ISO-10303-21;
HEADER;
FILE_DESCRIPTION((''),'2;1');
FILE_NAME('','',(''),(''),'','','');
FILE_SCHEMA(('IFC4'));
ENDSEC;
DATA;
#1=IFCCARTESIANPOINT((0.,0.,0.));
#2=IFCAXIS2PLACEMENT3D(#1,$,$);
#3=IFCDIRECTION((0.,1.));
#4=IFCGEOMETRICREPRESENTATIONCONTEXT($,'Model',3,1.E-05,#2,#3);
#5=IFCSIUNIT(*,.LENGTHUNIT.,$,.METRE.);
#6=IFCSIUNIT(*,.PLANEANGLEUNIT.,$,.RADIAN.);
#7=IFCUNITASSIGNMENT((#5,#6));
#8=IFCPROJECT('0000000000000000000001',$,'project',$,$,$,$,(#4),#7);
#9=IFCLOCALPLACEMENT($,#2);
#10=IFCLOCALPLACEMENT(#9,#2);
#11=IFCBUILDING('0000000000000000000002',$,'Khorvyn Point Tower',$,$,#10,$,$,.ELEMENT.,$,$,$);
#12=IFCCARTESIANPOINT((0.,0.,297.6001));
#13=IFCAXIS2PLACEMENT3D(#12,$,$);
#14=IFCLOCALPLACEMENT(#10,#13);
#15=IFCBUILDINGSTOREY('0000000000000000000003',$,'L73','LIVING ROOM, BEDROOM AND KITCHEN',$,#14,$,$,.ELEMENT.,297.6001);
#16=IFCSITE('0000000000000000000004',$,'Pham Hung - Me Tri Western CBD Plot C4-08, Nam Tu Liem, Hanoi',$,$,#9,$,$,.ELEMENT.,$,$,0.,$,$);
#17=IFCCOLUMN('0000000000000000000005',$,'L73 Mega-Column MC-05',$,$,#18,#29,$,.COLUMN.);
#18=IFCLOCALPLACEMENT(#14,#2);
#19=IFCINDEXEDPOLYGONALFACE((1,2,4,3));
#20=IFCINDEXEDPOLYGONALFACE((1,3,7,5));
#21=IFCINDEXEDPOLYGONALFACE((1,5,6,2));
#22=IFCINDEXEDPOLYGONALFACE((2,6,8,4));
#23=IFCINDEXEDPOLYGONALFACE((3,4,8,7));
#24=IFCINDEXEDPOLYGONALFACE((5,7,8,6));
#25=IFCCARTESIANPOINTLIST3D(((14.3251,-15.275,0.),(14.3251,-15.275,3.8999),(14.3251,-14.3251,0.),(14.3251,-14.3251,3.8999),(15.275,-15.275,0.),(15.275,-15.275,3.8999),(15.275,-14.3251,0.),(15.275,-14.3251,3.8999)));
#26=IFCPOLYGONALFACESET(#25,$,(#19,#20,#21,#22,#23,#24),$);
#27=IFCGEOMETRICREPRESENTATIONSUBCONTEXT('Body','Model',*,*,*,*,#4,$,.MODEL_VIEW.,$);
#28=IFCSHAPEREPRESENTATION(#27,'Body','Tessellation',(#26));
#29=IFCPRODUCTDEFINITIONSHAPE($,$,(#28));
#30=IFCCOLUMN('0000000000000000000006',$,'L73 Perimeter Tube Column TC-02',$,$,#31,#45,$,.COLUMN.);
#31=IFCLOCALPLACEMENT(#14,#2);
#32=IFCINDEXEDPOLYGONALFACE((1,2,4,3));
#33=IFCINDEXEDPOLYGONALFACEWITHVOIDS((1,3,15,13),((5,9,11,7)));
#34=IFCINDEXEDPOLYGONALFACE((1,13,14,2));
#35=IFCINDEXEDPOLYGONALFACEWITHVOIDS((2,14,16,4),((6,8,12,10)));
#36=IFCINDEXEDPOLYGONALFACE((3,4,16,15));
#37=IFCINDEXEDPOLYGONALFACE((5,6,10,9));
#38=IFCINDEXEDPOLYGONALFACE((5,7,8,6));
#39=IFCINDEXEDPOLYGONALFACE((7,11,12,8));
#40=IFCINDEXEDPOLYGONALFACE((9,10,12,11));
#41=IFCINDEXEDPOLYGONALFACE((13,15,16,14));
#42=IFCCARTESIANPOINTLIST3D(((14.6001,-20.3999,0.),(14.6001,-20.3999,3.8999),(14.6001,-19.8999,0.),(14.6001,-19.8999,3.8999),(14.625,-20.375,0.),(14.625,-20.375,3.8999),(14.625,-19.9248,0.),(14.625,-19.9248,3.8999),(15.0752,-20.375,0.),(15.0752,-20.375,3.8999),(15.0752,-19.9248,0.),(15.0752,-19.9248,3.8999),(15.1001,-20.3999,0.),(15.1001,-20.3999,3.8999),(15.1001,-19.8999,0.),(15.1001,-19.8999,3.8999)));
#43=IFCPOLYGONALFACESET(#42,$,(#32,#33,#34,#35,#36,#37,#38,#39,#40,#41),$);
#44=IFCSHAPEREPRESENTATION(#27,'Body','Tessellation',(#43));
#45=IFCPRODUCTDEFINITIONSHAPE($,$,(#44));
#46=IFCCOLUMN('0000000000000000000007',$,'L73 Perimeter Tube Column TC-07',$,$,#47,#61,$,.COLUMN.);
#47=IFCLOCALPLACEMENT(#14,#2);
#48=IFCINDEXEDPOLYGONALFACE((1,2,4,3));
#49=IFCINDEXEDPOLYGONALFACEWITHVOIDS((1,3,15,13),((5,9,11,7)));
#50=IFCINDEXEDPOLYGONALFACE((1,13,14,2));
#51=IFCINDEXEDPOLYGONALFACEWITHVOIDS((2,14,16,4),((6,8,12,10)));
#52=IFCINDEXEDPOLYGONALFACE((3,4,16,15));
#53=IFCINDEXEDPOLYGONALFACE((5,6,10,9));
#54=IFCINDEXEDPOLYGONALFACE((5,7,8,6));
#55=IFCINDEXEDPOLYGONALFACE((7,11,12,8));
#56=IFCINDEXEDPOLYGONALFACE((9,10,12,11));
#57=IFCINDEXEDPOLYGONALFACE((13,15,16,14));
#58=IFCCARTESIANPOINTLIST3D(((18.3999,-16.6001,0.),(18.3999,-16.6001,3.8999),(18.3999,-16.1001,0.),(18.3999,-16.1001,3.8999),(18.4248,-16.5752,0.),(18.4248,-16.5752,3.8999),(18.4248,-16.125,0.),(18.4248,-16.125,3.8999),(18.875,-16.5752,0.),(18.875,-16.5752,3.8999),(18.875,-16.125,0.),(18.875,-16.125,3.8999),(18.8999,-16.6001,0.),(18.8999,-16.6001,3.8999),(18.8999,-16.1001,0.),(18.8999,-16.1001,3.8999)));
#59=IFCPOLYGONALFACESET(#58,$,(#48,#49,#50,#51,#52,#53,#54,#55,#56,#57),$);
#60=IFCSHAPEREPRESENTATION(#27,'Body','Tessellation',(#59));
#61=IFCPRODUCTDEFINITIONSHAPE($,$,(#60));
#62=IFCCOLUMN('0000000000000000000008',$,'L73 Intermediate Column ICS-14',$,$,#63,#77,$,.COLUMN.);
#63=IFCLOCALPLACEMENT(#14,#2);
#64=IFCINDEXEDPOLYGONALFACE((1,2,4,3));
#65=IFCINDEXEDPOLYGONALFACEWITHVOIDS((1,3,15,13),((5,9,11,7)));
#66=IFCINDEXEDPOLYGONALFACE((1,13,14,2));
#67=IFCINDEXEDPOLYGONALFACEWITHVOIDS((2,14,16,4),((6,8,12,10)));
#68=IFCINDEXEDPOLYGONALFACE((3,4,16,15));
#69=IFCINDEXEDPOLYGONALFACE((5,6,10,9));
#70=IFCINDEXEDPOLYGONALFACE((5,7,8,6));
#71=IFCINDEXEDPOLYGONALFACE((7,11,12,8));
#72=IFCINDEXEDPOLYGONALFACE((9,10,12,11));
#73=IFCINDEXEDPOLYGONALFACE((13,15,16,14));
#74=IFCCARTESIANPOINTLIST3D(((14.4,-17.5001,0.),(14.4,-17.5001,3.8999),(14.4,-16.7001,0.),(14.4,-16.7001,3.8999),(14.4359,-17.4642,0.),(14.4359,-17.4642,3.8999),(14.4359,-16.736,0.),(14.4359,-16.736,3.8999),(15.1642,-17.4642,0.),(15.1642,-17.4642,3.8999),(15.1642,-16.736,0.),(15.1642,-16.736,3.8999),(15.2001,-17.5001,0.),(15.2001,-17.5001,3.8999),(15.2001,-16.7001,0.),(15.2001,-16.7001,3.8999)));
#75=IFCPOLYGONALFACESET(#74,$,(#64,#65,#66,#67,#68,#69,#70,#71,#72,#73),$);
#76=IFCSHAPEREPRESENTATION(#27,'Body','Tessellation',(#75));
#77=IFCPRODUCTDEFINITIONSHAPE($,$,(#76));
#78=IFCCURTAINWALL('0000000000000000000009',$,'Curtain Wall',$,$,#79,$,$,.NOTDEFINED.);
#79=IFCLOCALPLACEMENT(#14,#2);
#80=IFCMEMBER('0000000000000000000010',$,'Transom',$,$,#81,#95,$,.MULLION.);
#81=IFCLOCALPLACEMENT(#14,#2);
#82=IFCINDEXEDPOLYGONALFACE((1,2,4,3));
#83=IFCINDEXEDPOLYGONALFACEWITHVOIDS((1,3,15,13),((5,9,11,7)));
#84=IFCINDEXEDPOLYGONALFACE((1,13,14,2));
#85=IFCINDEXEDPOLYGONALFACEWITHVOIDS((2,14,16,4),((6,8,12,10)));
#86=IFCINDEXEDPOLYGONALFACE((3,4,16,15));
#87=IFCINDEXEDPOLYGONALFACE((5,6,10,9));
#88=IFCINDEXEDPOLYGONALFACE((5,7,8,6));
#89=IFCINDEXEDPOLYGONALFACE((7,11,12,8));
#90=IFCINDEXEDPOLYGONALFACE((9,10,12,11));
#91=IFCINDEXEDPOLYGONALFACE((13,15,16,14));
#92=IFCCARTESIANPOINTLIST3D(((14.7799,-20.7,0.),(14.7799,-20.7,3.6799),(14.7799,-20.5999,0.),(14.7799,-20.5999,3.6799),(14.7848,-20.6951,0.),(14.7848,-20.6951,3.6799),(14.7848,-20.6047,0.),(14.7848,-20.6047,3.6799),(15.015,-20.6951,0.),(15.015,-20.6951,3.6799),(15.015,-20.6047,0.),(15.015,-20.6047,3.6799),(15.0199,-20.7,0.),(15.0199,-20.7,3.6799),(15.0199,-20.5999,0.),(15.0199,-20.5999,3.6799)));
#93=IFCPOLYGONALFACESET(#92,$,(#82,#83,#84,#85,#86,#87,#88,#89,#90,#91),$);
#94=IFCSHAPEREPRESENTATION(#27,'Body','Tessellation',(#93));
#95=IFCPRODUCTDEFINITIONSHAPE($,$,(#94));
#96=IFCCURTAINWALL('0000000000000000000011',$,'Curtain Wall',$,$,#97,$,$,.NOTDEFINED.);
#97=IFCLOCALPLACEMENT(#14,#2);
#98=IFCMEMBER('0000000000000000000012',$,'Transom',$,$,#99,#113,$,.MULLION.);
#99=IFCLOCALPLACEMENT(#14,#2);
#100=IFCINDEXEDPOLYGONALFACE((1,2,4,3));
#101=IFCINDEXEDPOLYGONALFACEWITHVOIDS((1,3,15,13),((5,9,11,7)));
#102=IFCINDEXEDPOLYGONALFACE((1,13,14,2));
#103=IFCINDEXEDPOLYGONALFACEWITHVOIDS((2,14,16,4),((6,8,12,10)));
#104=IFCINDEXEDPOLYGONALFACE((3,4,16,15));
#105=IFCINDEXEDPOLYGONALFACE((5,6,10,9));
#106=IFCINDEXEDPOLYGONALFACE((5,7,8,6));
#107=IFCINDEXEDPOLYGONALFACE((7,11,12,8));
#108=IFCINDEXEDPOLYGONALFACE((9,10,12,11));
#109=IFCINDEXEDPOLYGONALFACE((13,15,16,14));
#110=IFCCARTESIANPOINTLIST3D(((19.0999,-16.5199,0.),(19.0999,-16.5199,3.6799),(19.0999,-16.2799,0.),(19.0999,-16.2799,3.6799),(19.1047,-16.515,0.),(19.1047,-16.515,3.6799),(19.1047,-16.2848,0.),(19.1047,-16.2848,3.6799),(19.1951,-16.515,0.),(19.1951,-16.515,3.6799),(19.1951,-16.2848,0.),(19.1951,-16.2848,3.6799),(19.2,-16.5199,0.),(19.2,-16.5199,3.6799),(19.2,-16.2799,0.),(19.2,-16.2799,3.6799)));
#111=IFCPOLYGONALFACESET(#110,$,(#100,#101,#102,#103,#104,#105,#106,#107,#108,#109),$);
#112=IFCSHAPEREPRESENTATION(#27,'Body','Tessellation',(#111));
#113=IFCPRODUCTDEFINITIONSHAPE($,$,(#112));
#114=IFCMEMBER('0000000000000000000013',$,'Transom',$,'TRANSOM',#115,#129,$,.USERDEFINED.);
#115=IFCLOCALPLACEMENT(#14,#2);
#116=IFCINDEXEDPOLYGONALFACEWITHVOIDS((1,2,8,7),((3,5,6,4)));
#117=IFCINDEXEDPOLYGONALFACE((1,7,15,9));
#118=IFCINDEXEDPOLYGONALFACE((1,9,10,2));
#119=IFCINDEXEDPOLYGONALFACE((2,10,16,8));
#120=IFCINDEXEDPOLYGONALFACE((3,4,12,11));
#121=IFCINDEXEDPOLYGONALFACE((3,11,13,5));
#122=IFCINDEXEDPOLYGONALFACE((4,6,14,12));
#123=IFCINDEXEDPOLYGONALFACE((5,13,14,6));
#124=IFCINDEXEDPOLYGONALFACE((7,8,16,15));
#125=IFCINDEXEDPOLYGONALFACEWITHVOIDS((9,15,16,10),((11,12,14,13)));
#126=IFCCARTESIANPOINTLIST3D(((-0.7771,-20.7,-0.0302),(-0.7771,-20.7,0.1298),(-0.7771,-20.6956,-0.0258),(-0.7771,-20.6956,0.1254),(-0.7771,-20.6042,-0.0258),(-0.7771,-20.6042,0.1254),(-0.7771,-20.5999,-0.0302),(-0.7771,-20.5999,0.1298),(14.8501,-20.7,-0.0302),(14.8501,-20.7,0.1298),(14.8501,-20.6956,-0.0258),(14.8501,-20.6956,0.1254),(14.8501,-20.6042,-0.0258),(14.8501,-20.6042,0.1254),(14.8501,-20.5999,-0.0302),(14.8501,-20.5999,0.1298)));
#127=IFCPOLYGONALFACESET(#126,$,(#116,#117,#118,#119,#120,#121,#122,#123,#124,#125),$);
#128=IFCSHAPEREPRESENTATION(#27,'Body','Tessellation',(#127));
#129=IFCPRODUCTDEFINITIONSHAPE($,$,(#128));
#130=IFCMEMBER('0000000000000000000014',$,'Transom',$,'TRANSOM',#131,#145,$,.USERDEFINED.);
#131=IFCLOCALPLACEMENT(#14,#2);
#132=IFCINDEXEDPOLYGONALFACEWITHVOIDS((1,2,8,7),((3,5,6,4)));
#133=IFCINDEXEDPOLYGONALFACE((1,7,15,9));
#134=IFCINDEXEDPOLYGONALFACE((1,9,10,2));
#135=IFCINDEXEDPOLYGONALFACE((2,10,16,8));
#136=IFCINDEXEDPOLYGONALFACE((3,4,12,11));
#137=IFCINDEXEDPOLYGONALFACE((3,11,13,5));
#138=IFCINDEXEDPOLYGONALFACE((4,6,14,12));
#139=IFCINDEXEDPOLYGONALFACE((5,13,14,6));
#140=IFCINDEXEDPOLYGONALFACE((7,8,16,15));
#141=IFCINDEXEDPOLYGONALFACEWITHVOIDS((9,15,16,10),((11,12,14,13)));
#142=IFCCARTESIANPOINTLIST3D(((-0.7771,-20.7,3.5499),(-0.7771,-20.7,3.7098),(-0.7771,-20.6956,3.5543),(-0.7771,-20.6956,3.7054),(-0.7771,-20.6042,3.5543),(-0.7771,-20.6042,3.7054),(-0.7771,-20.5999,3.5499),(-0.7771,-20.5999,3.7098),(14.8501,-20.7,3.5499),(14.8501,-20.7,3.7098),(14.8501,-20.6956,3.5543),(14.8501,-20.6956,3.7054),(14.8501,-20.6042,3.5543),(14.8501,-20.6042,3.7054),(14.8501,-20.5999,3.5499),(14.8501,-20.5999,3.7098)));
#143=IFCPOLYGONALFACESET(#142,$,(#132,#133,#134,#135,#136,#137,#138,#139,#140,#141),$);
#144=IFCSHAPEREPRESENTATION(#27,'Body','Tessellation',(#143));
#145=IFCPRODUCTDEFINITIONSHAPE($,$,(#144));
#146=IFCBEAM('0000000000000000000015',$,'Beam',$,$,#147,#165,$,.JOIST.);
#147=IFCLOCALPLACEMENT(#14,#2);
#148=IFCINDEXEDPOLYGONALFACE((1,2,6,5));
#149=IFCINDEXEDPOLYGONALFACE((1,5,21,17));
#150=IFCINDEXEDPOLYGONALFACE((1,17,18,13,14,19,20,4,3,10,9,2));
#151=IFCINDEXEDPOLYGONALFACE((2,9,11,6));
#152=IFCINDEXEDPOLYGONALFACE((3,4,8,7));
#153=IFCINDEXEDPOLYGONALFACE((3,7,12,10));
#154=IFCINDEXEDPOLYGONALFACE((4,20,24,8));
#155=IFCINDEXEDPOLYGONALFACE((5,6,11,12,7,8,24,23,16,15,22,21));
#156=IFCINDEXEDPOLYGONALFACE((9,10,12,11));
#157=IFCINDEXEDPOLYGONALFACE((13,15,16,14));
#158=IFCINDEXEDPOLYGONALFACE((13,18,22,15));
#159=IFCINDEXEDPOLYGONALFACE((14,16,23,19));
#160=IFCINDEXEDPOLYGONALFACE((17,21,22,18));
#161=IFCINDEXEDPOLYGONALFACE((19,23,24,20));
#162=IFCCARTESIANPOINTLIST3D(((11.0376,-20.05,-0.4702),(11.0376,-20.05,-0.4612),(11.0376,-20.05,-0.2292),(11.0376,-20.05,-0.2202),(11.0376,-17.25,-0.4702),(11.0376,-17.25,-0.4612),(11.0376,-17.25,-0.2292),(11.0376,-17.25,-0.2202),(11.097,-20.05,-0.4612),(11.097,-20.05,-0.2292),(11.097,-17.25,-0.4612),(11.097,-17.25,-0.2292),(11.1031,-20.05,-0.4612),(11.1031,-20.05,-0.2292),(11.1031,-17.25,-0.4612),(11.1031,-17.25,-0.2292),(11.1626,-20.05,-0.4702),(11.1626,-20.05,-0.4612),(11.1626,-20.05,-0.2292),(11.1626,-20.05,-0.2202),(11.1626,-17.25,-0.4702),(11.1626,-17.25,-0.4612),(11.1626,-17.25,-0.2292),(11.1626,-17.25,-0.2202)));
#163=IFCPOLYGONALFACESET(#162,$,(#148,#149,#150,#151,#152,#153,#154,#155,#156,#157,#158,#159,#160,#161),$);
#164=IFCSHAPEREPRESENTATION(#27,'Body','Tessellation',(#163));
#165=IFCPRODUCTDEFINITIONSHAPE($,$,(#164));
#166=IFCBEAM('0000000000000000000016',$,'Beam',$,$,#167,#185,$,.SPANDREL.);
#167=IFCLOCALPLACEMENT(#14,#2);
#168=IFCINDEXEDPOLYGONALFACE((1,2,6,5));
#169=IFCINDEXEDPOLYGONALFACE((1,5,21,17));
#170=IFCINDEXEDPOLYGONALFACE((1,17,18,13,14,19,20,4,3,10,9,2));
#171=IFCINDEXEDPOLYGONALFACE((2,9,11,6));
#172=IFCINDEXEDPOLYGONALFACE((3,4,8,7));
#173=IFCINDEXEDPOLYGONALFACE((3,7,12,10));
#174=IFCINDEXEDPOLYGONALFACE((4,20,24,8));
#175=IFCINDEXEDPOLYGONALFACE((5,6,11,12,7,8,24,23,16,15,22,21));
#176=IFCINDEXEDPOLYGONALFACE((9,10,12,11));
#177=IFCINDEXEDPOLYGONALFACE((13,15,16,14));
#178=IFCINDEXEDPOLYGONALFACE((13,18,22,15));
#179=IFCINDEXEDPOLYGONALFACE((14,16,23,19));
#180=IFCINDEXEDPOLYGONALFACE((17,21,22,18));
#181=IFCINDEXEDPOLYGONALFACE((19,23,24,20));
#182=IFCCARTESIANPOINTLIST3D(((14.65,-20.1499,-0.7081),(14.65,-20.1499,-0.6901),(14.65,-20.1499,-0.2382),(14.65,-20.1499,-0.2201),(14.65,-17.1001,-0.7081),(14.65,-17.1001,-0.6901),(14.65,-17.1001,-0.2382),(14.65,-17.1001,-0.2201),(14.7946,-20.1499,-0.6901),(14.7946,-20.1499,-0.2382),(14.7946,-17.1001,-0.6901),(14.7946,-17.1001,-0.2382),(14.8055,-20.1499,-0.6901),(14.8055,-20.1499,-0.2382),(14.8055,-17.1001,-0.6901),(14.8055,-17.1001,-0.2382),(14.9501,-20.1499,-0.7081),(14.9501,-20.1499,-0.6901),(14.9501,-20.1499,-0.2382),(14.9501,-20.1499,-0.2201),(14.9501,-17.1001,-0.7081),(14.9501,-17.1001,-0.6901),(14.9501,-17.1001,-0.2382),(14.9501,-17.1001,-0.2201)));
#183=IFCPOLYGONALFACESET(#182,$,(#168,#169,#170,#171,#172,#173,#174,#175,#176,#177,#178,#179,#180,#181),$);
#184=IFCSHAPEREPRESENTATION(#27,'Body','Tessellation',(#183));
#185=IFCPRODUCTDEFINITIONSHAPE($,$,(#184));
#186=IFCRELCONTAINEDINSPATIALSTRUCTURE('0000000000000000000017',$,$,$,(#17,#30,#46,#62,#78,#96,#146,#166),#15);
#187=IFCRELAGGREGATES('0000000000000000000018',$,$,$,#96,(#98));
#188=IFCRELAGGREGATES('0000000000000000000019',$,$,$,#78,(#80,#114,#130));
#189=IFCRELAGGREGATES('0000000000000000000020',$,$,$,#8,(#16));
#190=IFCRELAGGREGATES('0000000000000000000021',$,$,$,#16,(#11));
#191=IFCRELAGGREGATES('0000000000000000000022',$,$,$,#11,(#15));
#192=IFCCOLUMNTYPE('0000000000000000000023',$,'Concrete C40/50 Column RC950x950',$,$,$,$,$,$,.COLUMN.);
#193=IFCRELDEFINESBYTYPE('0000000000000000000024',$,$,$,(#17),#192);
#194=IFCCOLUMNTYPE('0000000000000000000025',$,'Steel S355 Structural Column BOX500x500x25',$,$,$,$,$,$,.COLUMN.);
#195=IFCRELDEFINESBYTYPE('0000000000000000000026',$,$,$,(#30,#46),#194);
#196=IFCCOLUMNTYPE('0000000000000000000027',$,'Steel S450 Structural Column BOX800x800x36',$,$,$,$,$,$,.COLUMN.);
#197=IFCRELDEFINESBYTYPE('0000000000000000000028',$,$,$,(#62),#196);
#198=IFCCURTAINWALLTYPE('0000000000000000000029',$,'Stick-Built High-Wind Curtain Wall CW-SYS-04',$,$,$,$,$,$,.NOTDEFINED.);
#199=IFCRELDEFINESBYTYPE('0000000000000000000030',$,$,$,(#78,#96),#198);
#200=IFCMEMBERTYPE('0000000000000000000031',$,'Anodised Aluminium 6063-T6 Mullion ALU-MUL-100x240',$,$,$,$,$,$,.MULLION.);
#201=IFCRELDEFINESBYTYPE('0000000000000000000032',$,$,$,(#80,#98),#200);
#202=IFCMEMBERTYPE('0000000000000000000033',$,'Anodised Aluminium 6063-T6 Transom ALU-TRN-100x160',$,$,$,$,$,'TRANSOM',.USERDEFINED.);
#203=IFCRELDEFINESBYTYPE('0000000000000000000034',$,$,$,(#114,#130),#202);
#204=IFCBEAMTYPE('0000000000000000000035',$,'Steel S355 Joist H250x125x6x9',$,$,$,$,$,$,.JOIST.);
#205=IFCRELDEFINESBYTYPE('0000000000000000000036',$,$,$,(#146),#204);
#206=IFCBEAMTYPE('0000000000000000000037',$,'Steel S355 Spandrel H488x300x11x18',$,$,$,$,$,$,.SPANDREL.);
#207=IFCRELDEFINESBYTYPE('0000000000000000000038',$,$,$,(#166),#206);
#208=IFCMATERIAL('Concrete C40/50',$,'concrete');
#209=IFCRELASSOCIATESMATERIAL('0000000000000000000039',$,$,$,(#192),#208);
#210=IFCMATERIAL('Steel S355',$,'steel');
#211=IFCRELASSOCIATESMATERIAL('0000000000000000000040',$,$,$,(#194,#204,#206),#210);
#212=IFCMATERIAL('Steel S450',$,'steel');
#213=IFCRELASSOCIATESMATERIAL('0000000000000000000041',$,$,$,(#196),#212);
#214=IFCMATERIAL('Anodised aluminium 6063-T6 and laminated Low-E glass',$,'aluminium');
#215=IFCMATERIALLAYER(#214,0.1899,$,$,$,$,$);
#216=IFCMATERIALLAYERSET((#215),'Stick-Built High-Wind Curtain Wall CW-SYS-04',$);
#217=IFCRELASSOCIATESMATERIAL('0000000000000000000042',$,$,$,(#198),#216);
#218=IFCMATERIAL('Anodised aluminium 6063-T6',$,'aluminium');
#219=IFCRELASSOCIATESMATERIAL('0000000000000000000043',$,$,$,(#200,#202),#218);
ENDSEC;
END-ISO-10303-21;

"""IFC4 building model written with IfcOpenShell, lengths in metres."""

from ifc_helpers import new_model, si_unit, direction, frame, origin, origin_2d, place, context, subcontext, project, spatial, rectangle, hollow_rectangle, i_section, extrude, material, layer, layer_set, material_profile, profile_set, type_object, element, aggregate, save


model = new_model("IFC4")

# Units and contexts
model_context = context("Model", 3, precision=1e-05, world=origin(), true_north=direction((0.0, 1.0)))
body_context = subcontext(model_context, "Body", "Model", "MODEL_VIEW")
ifc_project = project(units=[si_unit("LENGTHUNIT", "METRE"), si_unit("PLANEANGLEUNIT", "RADIAN")], contexts=[model_context])

# Site, building, storey
site_placement = place(None, origin())
site = spatial("IfcSite", under=ifc_project, at=site_placement, Name="Pham Hung - Me Tri Western CBD Plot C4-08, Nam Tu Liem, Hanoi", CompositionType="ELEMENT", RefElevation=0.0)
building_placement = place(site_placement, origin())
building = spatial("IfcBuilding", under=site, at=building_placement, Name="Khorvyn Point Tower", CompositionType="ELEMENT")
storey_placement = place(building_placement, frame((0.0, 0.0, 297.6001)))
storey = spatial("IfcBuildingStorey", under=building, at=storey_placement, Name="L73", Description="LIVING ROOM, BEDROOM AND KITCHEN", CompositionType="ELEMENT", Elevation=297.6001)

# Columns
ifc_material_1 = material(Name="Concrete C40/50", Category="concrete")
ifc_material_profile_1 = material_profile(ifc_material_1, rectangle(XDim=0.95, YDim=0.95, at=origin_2d()))
ifc_profile_set_1 = profile_set([ifc_material_profile_1], Name="Concrete C40/50 RC950x950")
column_type_1 = type_object("IfcColumnType", Name="Concrete C40/50 Column RC950x950", PredefinedType="COLUMN", material=ifc_profile_set_1)
column_1_placement = place(storey_placement, frame((14.8, -14.8, 0.0), z_axis=(0.0, 0.0, 1.0), x_axis=(1.0, 0.0, 0.0)))
element("IfcColumn", 1, at=column_1_placement, inside=storey, type_object=column_type_1, Name="L73 Mega-Column MC-05", PredefinedType="COLUMN", context=body_context, shape_type="SweptSolid", body=[
    extrude(rectangle(XDim=0.95, YDim=0.95, at=origin_2d()), origin(), (0.0, 0.0, 1.0), 3.8999),
])
ifc_material_2 = material(Name="Steel S355", Category="steel")
ifc_material_profile_2 = material_profile(ifc_material_2, hollow_rectangle(XDim=0.5, YDim=0.5, WallThickness=0.0249, at=origin_2d()))
ifc_profile_set_2 = profile_set([ifc_material_profile_2], Name="Steel S355 BOX500x500x25")
column_type_2 = type_object("IfcColumnType", Name="Steel S355 Structural Column BOX500x500x25", PredefinedType="COLUMN", material=ifc_profile_set_2)
for number, where, z_axis, x_axis, name in (
    (2, (14.8501, -20.1499, 0.0), (0.0, 0.0, 1.0), (1.0, 0.0, 0.0), "L73 Perimeter Tube Column TC-02"),
    (3, (18.6499, -16.3501, 0.0), (0.0, 0.0, 1.0), (1.0, 0.0, 0.0), "L73 Perimeter Tube Column TC-07"),
):
    element("IfcColumn", number, at=place(storey_placement, frame(where, z_axis=z_axis, x_axis=x_axis)), inside=storey, type_object=column_type_2, Name=name, PredefinedType="COLUMN", context=body_context, shape_type="SweptSolid", body=[
        extrude(hollow_rectangle(XDim=0.5, YDim=0.5, WallThickness=0.0249, at=origin_2d()), origin(), (0.0, 0.0, 1.0), 3.8999),
    ])
ifc_material_3 = material(Name="Steel S450", Category="steel")
ifc_material_profile_3 = material_profile(ifc_material_3, hollow_rectangle(XDim=0.8, YDim=0.8, WallThickness=0.0359, at=origin_2d()))
ifc_profile_set_3 = profile_set([ifc_material_profile_3], Name="Steel S450 BOX800x800x36")
column_type_3 = type_object("IfcColumnType", Name="Steel S450 Structural Column BOX800x800x36", PredefinedType="COLUMN", material=ifc_profile_set_3)
column_2_placement = place(storey_placement, frame((14.8, -17.1001, 0.0), z_axis=(0.0, 0.0, 1.0), x_axis=(1.0, 0.0, 0.0)))
element("IfcColumn", 4, at=column_2_placement, inside=storey, type_object=column_type_3, Name="L73 Intermediate Column ICS-14", PredefinedType="COLUMN", context=body_context, shape_type="SweptSolid", body=[
    extrude(hollow_rectangle(XDim=0.8, YDim=0.8, WallThickness=0.0359, at=origin_2d()), origin(), (0.0, 0.0, 1.0), 3.8999),
])

# Curtain walls, members
ifc_material_4 = material(Name="Anodised aluminium 6063-T6 and laminated Low-E glass", Category="aluminium")
ifc_layer_1 = layer(ifc_material_4, 0.1899)
ifc_layer_set_1 = layer_set([ifc_layer_1], Name="Stick-Built High-Wind Curtain Wall CW-SYS-04")
curtain_wall_type = type_object("IfcCurtainWallType", Name="Stick-Built High-Wind Curtain Wall CW-SYS-04", PredefinedType="NOTDEFINED", material=ifc_layer_set_1)
curtain_wall_1_placement = place(storey_placement, origin())
curtain_wall_1 = element("IfcCurtainWall", 5, at=curtain_wall_1_placement, inside=storey, type_object=curtain_wall_type, Name="Curtain Wall", PredefinedType="NOTDEFINED")
ifc_material_5 = material(Name="Anodised aluminium 6063-T6", Category="aluminium")
ifc_material_profile_4 = material_profile(ifc_material_5, hollow_rectangle(XDim=0.1001, YDim=0.24, WallThickness=0.0049, at=origin_2d()))
ifc_profile_set_4 = profile_set([ifc_material_profile_4], Name="Anodised aluminium 6063-T6 ALU-MUL-100x240")
member_type_1 = type_object("IfcMemberType", Name="Anodised Aluminium 6063-T6 Mullion ALU-MUL-100x240", PredefinedType="MULLION", material=ifc_profile_set_4)
member_1_placement = place(storey_placement, frame((14.8999, -20.6499, 0.0), z_axis=(0.0, 0.0, 1.0), x_axis=(0.0, -1.0, 0.0)))
member_1 = element("IfcMember", 6, at=member_1_placement, type_object=member_type_1, Name="Transom", PredefinedType="MULLION", context=body_context, shape_type="SweptSolid", body=[
    extrude(hollow_rectangle(XDim=0.1001, YDim=0.24, WallThickness=0.0049, at=origin_2d()), origin(), (0.0, 0.0, 1.0), 3.6799),
])
curtain_wall_2_placement = place(storey_placement, origin())
curtain_wall_2 = element("IfcCurtainWall", 7, at=curtain_wall_2_placement, inside=storey, type_object=curtain_wall_type, Name="Curtain Wall", PredefinedType="NOTDEFINED")
member_2_placement = place(storey_placement, frame((19.1499, -16.3999, 0.0), z_axis=(0.0, 0.0, 1.0), x_axis=(1.0, 0.0, 0.0)))
member_2 = element("IfcMember", 8, at=member_2_placement, type_object=member_type_1, Name="Transom", PredefinedType="MULLION", context=body_context, shape_type="SweptSolid", body=[
    extrude(hollow_rectangle(XDim=0.1001, YDim=0.24, WallThickness=0.0049, at=origin_2d()), origin(), (0.0, 0.0, 1.0), 3.6799),
])
aggregate(curtain_wall_2, [member_2])

# Members
ifc_material_profile_5 = material_profile(ifc_material_5, hollow_rectangle(XDim=0.1001, YDim=0.1599, WallThickness=0.0044, at=origin_2d()))
ifc_profile_set_5 = profile_set([ifc_material_profile_5], Name="Anodised aluminium 6063-T6 ALU-TRN-100x160")
member_type_2 = type_object("IfcMemberType", Name="Anodised Aluminium 6063-T6 Transom ALU-TRN-100x160", ElementType="TRANSOM", PredefinedType="USERDEFINED", material=ifc_profile_set_5)
member_3_placement = place(storey_placement, frame((14.8501, -20.6499, 0.0498), z_axis=(-1.0, 0.0, 0.0), x_axis=(0.0, -1.0, 0.0)))
member_3 = element("IfcMember", 9, at=member_3_placement, type_object=member_type_2, Name="Transom", ObjectType="TRANSOM", PredefinedType="USERDEFINED", context=body_context, shape_type="SweptSolid", body=[
    extrude(hollow_rectangle(XDim=0.1001, YDim=0.1599, WallThickness=0.0044, at=origin_2d()), origin(), (0.0, 0.0, 1.0), 15.6272),
])
member_4_placement = place(storey_placement, frame((14.8501, -20.6499, 3.6299), z_axis=(-1.0, 0.0, 0.0), x_axis=(0.0, -1.0, 0.0)))
member_4 = element("IfcMember", 10, at=member_4_placement, type_object=member_type_2, Name="Transom", ObjectType="TRANSOM", PredefinedType="USERDEFINED", context=body_context, shape_type="SweptSolid", body=[
    extrude(hollow_rectangle(XDim=0.1001, YDim=0.1599, WallThickness=0.0044, at=origin_2d()), origin(), (0.0, 0.0, 1.0), 15.6272),
])

# Beams
ifc_material_profile_6 = material_profile(ifc_material_2, i_section(OverallWidth=0.125, OverallDepth=0.25, WebThickness=0.0061, FlangeThickness=0.009, at=origin_2d()))
ifc_profile_set_6 = profile_set([ifc_material_profile_6], Name="Steel S355 H250x125x6x9")
beam_type_1 = type_object("IfcBeamType", Name="Steel S355 Joist H250x125x6x9", PredefinedType="JOIST", material=ifc_profile_set_6)
beam_1_placement = place(storey_placement, frame((11.1001, -20.05, -0.3452), z_axis=(0.0, 1.0, 0.0), x_axis=(-1.0, 0.0, 0.0)))
element("IfcBeam", 11, at=beam_1_placement, inside=storey, type_object=beam_type_1, Name="Beam", PredefinedType="JOIST", context=body_context, shape_type="SweptSolid", body=[
    extrude(i_section(OverallWidth=0.125, OverallDepth=0.25, WebThickness=0.0061, FlangeThickness=0.009, at=origin_2d()), origin(), (0.0, 0.0, 1.0), 2.8),
])
ifc_material_profile_7 = material_profile(ifc_material_2, i_section(OverallWidth=0.3, OverallDepth=0.488, WebThickness=0.011, FlangeThickness=0.0181, at=origin_2d()))
ifc_profile_set_7 = profile_set([ifc_material_profile_7], Name="Steel S355 H488x300x11x18")
beam_type_2 = type_object("IfcBeamType", Name="Steel S355 Spandrel H488x300x11x18", PredefinedType="SPANDREL", material=ifc_profile_set_7)
beam_2_placement = place(storey_placement, frame((14.8, -20.1499, -0.4641), z_axis=(0.0, 1.0, 0.0), x_axis=(-1.0, 0.0, 0.0)))
element("IfcBeam", 12, at=beam_2_placement, inside=storey, type_object=beam_type_2, Name="Beam", PredefinedType="SPANDREL", context=body_context, shape_type="SweptSolid", body=[
    extrude(i_section(OverallWidth=0.3, OverallDepth=0.488, WebThickness=0.011, FlangeThickness=0.0181, at=origin_2d()), origin(), (0.0, 0.0, 1.0), 3.0498),
])

aggregate(curtain_wall_1, [member_1, member_3, member_4])

save(model, "model.ifc")
